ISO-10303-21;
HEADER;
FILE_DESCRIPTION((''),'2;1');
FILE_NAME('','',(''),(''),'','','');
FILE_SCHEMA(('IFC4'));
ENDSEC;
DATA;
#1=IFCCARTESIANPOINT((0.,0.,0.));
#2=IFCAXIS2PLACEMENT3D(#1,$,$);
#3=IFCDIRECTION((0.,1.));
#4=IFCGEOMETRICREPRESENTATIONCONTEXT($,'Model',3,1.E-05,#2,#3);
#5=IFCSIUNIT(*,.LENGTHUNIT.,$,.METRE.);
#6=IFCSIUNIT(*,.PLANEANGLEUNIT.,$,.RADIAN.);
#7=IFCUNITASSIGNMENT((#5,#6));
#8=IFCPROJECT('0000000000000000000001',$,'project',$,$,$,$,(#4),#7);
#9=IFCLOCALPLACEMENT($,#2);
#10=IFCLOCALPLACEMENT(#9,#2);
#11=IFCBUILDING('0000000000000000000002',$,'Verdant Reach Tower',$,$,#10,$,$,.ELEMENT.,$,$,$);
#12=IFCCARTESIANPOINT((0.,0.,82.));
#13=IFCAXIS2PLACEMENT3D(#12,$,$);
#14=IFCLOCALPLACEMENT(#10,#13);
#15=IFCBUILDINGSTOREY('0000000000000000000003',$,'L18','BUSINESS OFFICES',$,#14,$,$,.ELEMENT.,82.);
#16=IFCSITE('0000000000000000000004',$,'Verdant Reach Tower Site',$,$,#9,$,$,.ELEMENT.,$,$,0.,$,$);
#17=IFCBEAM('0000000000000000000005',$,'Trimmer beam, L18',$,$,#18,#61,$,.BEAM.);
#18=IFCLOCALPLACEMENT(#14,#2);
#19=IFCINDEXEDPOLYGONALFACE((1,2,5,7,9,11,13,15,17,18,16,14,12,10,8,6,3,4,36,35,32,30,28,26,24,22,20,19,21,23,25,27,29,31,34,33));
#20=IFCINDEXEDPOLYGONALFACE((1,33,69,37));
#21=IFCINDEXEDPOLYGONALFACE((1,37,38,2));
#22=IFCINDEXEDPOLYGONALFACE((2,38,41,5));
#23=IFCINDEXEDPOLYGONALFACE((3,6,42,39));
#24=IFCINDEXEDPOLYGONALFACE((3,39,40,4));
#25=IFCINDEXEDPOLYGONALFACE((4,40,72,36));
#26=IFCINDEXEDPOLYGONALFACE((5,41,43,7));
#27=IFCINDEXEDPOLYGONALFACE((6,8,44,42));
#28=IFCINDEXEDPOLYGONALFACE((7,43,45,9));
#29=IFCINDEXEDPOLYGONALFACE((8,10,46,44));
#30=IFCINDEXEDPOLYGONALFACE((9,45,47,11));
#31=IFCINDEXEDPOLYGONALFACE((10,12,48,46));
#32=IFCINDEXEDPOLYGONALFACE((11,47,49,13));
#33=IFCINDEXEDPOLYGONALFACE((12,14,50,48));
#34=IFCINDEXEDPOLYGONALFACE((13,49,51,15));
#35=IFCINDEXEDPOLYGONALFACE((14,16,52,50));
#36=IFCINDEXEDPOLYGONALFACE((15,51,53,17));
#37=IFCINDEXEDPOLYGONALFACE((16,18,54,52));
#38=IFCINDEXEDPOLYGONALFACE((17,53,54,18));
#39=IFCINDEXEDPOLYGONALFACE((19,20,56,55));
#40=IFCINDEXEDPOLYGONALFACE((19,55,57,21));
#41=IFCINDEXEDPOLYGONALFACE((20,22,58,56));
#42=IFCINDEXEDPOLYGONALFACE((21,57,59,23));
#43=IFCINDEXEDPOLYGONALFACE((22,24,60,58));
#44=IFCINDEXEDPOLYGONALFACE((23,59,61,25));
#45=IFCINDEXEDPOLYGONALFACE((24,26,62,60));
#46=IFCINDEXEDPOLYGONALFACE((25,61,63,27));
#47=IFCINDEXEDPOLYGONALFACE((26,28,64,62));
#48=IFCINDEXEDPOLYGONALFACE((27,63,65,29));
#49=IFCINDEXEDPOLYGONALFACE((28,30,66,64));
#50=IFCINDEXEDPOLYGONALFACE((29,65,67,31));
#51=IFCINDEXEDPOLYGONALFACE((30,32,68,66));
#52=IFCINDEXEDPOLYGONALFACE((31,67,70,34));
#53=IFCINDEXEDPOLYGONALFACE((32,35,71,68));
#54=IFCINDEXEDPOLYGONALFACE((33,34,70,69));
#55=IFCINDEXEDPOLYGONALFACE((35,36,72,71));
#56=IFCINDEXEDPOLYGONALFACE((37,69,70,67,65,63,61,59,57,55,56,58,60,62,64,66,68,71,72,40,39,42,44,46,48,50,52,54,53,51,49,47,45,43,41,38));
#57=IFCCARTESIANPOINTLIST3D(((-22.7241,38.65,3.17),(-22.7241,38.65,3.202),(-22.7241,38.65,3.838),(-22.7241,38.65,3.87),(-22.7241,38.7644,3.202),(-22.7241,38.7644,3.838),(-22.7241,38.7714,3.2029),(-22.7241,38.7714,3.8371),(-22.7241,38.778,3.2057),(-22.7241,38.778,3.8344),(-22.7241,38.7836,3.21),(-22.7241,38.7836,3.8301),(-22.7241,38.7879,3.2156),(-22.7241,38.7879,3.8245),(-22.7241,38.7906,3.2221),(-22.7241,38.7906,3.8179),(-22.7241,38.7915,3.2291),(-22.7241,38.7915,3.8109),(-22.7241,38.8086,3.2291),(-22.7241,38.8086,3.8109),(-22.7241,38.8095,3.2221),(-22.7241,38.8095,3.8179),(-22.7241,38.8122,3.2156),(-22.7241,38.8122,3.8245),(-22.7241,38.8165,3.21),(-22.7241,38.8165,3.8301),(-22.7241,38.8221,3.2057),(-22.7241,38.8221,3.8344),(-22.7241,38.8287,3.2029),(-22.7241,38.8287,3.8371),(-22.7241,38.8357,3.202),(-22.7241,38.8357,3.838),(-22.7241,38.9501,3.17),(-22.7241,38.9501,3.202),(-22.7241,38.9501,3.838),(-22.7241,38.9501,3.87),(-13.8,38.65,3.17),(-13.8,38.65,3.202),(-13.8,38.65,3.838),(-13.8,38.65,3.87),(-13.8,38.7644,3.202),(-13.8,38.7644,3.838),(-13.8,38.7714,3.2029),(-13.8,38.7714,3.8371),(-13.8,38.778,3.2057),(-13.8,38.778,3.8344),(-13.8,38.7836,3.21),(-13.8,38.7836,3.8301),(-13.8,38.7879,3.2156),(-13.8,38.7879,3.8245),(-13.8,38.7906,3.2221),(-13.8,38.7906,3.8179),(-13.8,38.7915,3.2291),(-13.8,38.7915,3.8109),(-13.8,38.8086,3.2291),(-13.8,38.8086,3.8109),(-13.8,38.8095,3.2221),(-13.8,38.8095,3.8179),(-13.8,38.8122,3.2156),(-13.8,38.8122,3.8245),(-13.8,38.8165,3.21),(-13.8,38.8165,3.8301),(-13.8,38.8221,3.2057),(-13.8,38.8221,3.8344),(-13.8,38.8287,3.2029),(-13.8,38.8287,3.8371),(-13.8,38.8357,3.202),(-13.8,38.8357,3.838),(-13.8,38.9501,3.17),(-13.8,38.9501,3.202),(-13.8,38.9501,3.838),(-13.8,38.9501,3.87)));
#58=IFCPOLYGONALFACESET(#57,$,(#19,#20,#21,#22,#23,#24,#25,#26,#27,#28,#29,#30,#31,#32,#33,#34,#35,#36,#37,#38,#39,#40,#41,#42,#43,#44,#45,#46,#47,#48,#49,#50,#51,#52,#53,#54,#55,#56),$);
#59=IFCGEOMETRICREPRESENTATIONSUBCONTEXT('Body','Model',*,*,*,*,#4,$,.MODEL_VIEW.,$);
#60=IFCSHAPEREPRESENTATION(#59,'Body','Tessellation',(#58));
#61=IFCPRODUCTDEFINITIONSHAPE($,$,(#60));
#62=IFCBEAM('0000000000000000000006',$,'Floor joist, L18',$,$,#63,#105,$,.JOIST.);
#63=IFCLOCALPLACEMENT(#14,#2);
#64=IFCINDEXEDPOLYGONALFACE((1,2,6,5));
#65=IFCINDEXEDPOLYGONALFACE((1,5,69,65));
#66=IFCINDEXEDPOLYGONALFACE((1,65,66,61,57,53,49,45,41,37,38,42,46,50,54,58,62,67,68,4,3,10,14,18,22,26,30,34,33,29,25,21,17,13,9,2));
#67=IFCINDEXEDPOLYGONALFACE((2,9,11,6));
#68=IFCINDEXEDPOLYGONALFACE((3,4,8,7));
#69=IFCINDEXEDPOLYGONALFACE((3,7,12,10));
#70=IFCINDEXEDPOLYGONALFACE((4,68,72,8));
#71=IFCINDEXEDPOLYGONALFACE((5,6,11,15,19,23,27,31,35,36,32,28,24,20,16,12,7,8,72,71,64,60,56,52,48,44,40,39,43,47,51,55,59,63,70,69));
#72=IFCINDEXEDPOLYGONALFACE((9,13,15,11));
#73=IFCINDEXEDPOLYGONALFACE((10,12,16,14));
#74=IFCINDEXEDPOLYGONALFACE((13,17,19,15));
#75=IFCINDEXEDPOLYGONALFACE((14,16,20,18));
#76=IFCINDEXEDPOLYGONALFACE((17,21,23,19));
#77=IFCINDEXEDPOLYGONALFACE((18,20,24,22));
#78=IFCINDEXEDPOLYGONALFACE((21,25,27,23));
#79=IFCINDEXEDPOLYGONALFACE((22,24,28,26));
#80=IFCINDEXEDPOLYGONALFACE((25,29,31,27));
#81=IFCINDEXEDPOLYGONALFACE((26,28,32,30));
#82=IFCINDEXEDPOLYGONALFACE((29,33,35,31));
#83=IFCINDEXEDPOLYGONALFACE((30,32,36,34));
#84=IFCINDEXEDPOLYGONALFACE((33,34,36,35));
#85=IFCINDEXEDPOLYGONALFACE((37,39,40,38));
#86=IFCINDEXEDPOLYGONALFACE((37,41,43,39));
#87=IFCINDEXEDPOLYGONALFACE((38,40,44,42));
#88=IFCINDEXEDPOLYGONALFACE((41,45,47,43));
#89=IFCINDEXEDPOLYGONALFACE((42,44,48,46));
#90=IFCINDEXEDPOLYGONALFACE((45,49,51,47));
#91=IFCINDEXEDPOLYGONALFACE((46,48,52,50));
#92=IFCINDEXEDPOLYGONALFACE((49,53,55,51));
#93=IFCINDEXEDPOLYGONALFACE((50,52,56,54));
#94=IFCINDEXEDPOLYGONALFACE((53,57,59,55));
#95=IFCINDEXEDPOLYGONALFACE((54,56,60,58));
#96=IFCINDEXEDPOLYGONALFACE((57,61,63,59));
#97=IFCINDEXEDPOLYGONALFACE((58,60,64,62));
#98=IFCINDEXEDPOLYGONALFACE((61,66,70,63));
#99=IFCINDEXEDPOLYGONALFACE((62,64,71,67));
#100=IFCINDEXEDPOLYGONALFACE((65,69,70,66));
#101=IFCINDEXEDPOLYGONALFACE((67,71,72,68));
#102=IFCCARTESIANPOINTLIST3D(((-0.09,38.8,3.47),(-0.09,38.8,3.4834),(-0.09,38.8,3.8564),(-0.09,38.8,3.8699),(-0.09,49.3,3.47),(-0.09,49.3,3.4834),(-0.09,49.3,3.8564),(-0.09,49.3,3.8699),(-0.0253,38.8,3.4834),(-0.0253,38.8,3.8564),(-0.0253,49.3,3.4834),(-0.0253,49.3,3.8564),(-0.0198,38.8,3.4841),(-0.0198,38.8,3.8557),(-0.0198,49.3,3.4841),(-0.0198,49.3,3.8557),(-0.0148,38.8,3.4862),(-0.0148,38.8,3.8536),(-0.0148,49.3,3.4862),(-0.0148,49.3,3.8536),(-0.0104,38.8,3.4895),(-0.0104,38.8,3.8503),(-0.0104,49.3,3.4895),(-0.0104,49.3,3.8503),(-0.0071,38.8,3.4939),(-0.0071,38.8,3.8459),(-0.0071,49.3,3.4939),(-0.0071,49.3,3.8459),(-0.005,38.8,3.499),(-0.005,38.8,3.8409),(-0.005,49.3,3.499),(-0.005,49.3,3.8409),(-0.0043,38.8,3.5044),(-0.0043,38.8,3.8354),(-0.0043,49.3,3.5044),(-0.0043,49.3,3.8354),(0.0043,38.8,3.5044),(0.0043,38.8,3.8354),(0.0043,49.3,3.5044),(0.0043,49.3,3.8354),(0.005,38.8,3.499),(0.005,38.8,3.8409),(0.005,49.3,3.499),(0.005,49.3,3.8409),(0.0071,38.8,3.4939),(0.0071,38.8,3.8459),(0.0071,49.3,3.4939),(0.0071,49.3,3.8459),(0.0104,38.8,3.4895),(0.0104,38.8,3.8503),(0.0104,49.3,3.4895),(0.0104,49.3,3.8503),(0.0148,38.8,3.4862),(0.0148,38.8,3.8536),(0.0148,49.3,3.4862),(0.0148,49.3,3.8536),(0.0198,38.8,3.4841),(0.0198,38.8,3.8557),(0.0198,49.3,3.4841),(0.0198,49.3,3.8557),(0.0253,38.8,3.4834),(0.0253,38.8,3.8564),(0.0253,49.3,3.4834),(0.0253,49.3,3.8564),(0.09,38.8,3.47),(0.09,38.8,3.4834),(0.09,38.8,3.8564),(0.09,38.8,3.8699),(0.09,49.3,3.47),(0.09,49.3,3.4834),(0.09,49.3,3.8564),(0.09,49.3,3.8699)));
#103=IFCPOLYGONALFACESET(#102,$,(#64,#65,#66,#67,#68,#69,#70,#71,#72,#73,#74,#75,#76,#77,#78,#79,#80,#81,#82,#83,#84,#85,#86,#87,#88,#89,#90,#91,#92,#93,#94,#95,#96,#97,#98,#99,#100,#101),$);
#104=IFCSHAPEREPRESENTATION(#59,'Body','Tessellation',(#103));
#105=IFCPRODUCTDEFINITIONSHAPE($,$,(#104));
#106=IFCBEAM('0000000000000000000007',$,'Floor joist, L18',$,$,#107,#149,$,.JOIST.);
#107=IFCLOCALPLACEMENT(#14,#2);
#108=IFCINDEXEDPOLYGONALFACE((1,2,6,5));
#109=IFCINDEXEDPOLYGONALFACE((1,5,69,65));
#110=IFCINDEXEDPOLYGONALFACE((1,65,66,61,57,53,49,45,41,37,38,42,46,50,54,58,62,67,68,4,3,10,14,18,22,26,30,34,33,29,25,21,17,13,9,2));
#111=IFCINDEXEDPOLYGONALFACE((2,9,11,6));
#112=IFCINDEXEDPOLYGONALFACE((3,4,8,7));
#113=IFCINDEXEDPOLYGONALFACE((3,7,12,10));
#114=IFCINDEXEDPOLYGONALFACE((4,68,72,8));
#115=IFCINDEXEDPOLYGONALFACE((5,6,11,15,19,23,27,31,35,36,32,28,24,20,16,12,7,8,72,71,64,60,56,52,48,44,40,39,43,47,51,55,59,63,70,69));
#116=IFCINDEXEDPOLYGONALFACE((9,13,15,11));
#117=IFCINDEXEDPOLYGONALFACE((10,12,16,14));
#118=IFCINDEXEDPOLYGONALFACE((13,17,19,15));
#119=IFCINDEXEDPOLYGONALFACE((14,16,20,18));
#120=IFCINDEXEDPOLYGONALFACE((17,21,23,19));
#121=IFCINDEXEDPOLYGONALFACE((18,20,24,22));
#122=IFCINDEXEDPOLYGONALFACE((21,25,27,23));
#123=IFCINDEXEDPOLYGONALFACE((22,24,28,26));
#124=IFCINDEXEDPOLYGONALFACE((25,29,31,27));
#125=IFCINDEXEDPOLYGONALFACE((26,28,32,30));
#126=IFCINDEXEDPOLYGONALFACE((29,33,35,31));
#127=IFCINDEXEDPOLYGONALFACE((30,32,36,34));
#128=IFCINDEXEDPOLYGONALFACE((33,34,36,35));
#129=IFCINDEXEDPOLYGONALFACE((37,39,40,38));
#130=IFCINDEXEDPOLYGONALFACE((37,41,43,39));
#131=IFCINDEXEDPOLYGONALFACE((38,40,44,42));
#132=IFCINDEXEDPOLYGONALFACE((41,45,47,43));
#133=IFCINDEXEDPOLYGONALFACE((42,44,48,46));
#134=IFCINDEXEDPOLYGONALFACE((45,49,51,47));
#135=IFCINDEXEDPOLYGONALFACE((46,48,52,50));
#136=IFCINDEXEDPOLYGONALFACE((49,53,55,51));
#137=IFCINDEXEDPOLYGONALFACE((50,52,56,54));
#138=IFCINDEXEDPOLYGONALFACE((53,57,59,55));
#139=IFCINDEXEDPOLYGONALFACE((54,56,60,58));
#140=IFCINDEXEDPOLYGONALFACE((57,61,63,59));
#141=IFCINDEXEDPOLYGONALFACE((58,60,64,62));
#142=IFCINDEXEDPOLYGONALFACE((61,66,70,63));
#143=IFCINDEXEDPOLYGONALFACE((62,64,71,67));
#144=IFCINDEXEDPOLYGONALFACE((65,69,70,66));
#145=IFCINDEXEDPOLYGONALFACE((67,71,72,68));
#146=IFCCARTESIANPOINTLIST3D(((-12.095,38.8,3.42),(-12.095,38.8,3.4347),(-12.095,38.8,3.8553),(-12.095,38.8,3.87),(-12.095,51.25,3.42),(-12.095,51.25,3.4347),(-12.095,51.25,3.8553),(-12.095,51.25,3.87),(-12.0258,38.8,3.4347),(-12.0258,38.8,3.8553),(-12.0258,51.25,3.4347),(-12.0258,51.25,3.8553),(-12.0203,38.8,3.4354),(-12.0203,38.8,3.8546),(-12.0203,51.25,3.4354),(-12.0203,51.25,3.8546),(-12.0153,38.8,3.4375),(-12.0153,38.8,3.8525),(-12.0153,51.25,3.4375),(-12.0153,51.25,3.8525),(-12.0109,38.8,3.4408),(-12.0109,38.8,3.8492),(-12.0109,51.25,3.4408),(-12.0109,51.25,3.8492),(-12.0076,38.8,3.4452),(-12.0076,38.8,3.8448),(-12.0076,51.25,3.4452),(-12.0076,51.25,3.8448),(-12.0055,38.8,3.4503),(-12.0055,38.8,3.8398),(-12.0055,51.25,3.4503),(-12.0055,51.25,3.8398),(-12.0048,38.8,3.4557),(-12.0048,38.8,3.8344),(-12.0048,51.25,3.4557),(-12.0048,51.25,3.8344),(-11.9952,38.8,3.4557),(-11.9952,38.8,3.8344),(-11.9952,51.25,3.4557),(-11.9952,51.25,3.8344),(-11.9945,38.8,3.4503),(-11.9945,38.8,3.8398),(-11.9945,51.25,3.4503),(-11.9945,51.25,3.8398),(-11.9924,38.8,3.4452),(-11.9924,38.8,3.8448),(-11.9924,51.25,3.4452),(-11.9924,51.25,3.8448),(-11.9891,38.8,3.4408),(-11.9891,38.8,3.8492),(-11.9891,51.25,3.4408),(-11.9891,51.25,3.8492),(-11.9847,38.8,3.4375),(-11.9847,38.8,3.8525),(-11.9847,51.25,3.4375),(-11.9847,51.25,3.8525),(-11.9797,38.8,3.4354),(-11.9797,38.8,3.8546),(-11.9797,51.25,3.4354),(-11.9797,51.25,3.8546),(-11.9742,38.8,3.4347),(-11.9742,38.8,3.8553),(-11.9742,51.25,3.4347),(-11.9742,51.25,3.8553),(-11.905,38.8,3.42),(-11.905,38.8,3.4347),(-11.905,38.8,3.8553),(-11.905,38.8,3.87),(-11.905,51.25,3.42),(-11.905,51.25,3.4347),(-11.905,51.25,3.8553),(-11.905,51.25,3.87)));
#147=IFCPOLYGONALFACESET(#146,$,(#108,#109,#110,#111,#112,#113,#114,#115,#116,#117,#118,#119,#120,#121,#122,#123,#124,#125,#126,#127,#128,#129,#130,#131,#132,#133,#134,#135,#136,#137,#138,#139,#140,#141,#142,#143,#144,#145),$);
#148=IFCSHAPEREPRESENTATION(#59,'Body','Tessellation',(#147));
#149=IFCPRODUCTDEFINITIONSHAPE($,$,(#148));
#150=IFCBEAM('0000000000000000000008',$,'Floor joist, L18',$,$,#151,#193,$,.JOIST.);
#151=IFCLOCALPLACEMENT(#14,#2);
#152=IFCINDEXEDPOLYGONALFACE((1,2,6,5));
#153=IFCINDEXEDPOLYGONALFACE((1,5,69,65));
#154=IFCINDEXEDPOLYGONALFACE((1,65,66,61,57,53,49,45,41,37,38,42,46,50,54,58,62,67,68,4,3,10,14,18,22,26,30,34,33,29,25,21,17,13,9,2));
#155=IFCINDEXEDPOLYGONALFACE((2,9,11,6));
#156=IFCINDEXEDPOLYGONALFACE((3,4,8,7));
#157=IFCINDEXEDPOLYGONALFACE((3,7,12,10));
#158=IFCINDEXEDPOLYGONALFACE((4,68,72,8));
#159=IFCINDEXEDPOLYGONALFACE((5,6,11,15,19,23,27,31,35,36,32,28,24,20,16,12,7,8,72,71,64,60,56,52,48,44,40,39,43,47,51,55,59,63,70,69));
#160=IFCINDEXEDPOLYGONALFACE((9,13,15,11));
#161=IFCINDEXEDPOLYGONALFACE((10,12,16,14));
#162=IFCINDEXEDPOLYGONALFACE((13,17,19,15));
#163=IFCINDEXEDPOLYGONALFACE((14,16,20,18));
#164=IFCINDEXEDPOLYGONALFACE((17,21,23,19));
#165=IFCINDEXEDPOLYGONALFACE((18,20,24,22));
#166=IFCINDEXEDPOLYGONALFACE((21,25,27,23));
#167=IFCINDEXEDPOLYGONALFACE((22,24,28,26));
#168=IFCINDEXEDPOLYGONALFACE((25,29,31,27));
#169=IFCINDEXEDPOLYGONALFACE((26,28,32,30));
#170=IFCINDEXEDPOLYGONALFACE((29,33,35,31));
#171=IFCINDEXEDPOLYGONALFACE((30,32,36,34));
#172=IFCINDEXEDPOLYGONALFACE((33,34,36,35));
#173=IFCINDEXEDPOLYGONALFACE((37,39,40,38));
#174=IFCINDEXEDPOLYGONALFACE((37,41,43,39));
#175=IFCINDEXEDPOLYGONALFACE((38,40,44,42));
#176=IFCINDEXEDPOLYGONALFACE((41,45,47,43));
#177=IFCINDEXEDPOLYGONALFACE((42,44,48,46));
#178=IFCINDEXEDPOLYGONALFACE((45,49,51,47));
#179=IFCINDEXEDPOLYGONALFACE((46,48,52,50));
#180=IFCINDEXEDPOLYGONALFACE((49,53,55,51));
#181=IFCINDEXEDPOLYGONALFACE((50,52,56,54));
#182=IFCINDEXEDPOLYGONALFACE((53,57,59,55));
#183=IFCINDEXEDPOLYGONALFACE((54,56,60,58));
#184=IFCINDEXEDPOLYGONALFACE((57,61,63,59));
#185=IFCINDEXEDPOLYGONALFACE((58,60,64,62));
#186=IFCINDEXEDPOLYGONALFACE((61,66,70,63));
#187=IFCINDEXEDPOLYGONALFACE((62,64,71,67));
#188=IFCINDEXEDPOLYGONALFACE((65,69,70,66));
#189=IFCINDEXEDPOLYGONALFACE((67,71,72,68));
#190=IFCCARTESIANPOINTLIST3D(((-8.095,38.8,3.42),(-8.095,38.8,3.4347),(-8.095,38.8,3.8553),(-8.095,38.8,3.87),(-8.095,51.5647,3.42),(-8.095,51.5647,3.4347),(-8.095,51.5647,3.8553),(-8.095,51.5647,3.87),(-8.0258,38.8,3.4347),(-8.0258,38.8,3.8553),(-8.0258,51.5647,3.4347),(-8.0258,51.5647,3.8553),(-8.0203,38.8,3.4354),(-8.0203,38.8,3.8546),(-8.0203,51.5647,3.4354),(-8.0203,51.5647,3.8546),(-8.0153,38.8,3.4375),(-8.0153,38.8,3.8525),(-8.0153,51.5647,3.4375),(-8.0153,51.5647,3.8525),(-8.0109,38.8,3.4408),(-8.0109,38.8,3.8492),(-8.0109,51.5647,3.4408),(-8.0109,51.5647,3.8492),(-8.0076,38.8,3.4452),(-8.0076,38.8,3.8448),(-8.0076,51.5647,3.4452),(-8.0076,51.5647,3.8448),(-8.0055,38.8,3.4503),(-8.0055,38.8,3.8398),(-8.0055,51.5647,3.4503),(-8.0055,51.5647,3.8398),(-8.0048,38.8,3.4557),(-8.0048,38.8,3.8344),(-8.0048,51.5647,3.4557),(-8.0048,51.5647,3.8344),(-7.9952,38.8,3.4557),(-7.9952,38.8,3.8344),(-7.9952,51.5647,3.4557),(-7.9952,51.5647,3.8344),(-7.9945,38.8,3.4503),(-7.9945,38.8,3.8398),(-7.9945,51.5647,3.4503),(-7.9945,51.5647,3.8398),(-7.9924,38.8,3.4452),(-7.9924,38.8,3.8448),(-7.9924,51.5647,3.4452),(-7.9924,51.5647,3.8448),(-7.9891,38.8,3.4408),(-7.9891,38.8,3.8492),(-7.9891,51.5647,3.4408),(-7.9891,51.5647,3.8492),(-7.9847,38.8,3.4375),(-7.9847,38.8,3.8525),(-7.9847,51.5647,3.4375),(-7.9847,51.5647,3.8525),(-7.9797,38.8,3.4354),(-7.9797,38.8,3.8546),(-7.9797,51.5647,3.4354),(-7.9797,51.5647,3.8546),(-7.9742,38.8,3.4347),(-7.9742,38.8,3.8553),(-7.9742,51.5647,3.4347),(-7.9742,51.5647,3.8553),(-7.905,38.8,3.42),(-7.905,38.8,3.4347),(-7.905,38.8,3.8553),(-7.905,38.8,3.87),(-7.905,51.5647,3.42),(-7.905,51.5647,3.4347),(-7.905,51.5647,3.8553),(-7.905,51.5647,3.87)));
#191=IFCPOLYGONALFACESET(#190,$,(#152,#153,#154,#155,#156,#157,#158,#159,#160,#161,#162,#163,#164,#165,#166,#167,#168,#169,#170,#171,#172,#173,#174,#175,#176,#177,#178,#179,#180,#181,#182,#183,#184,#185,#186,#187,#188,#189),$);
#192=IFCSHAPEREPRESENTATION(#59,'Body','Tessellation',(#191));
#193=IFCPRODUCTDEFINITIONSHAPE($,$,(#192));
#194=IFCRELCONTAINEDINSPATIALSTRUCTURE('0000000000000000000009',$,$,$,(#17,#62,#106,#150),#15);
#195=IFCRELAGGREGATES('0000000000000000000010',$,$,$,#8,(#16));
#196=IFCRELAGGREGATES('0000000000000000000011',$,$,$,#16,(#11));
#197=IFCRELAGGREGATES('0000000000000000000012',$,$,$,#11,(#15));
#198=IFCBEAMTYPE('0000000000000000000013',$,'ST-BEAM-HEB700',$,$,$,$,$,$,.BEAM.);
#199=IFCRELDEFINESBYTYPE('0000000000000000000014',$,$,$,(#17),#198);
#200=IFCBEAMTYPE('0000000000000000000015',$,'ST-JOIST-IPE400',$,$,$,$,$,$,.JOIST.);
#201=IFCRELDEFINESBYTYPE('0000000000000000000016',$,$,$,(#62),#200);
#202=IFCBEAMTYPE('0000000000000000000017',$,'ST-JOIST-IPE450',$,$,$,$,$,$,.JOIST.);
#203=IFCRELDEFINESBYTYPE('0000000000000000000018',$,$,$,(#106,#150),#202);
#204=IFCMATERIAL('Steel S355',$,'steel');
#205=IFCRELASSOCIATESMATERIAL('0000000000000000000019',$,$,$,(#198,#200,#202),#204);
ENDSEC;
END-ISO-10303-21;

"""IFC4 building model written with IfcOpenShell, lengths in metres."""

from ifc_helpers import new_model, si_unit, direction, frame, origin, origin_2d, place, context, subcontext, project, spatial, i_section, extrude, material, material_profile, profile_set, type_object, element, save


model = new_model("IFC4")

# Units and contexts
model_context = context("Model", 3, precision=1e-05, world=origin(), true_north=direction((0.0, 1.0)))
body_context = subcontext(model_context, "Body", "Model", "MODEL_VIEW")
ifc_project = project(units=[si_unit("LENGTHUNIT", "METRE"), si_unit("PLANEANGLEUNIT", "RADIAN")], contexts=[model_context])

# Site, building, storey
site_placement = place(None, origin())
site = spatial("IfcSite", under=ifc_project, at=site_placement, Name="Verdant Reach Tower Site", CompositionType="ELEMENT", RefElevation=0.0)
building_placement = place(site_placement, origin())
building = spatial("IfcBuilding", under=site, at=building_placement, Name="Verdant Reach Tower", CompositionType="ELEMENT")
storey_placement = place(building_placement, frame((0.0, 0.0, 82.0)))
storey = spatial("IfcBuildingStorey", under=building, at=storey_placement, Name="L18", Description="BUSINESS OFFICES", CompositionType="ELEMENT", Elevation=82.0)

# Beams
ifc_material_1 = material(Name="Steel S355", Category="steel")
ifc_material_profile_1 = material_profile(ifc_material_1, i_section(OverallWidth=0.3, OverallDepth=0.7, WebThickness=0.0171, FlangeThickness=0.032, FilletRadius=0.0271, at=origin_2d()), Name="HEB 700")
ifc_profile_set_1 = profile_set([ifc_material_profile_1], Name="Steel S355")
beam_type_1 = type_object("IfcBeamType", Name="ST-BEAM-HEB700", PredefinedType="BEAM", material=ifc_profile_set_1)
beam_1_placement = place(storey_placement, frame((-13.8, 38.8, 3.52), z_axis=(-1.0, 0.0, 0.0), x_axis=(0.0, -1.0, 0.0)))
element("IfcBeam", 1, at=beam_1_placement, inside=storey, type_object=beam_type_1, Name="Trimmer beam, L18", PredefinedType="BEAM", context=body_context, shape_type="SweptSolid", body=[
    extrude(i_section(OverallWidth=0.3, OverallDepth=0.7, WebThickness=0.0171, FlangeThickness=0.032, FilletRadius=0.0271, at=origin_2d()), origin(), (0.0, 0.0, 1.0), 8.9241),
])
ifc_material_profile_2 = material_profile(ifc_material_1, i_section(OverallWidth=0.1799, OverallDepth=0.3999, WebThickness=0.0085, FlangeThickness=0.0134, FilletRadius=0.021, at=origin_2d()), Name="IPE 400")
ifc_profile_set_2 = profile_set([ifc_material_profile_2], Name="Steel S355")
beam_type_2 = type_object("IfcBeamType", Name="ST-JOIST-IPE400", PredefinedType="JOIST", material=ifc_profile_set_2)
beam_2_placement = place(storey_placement, frame((0.0, 38.8, 3.6699), z_axis=(0.0, 1.0, 0.0), x_axis=(-1.0, 0.0, 0.0)))
element("IfcBeam", 2, at=beam_2_placement, inside=storey, type_object=beam_type_2, Name="Floor joist, L18", PredefinedType="JOIST", context=body_context, shape_type="SweptSolid", body=[
    extrude(i_section(OverallWidth=0.1799, OverallDepth=0.3999, WebThickness=0.0085, FlangeThickness=0.0134, FilletRadius=0.021, at=origin_2d()), origin(), (0.0, 0.0, 1.0), 10.5),
])
ifc_material_profile_3 = material_profile(ifc_material_1, i_section(OverallWidth=0.1899, OverallDepth=0.45, WebThickness=0.0095, FlangeThickness=0.0146, FilletRadius=0.021, at=origin_2d()), Name="IPE 450")
ifc_profile_set_3 = profile_set([ifc_material_profile_3], Name="Steel S355")
beam_type_3 = type_object("IfcBeamType", Name="ST-JOIST-IPE450", PredefinedType="JOIST", material=ifc_profile_set_3)
beam_3_placement = place(storey_placement, frame((-12.0, 38.8, 3.645), z_axis=(0.0, 1.0, 0.0), x_axis=(-1.0, 0.0, 0.0)))
element("IfcBeam", 3, at=beam_3_placement, inside=storey, type_object=beam_type_3, Name="Floor joist, L18", PredefinedType="JOIST", context=body_context, shape_type="SweptSolid", body=[
    extrude(i_section(OverallWidth=0.1899, OverallDepth=0.45, WebThickness=0.0095, FlangeThickness=0.0146, FilletRadius=0.021, at=origin_2d()), origin(), (0.0, 0.0, 1.0), 12.45),
])
beam_4_placement = place(storey_placement, frame((-8.0, 38.8, 3.645), z_axis=(0.0, 1.0, 0.0), x_axis=(-1.0, 0.0, 0.0)))
element("IfcBeam", 4, at=beam_4_placement, inside=storey, type_object=beam_type_3, Name="Floor joist, L18", PredefinedType="JOIST", context=body_context, shape_type="SweptSolid", body=[
    extrude(i_section(OverallWidth=0.1899, OverallDepth=0.45, WebThickness=0.0095, FlangeThickness=0.0146, FilletRadius=0.021, at=origin_2d()), origin(), (0.0, 0.0, 1.0), 12.7646),
])

save(model, "model.ifc")
